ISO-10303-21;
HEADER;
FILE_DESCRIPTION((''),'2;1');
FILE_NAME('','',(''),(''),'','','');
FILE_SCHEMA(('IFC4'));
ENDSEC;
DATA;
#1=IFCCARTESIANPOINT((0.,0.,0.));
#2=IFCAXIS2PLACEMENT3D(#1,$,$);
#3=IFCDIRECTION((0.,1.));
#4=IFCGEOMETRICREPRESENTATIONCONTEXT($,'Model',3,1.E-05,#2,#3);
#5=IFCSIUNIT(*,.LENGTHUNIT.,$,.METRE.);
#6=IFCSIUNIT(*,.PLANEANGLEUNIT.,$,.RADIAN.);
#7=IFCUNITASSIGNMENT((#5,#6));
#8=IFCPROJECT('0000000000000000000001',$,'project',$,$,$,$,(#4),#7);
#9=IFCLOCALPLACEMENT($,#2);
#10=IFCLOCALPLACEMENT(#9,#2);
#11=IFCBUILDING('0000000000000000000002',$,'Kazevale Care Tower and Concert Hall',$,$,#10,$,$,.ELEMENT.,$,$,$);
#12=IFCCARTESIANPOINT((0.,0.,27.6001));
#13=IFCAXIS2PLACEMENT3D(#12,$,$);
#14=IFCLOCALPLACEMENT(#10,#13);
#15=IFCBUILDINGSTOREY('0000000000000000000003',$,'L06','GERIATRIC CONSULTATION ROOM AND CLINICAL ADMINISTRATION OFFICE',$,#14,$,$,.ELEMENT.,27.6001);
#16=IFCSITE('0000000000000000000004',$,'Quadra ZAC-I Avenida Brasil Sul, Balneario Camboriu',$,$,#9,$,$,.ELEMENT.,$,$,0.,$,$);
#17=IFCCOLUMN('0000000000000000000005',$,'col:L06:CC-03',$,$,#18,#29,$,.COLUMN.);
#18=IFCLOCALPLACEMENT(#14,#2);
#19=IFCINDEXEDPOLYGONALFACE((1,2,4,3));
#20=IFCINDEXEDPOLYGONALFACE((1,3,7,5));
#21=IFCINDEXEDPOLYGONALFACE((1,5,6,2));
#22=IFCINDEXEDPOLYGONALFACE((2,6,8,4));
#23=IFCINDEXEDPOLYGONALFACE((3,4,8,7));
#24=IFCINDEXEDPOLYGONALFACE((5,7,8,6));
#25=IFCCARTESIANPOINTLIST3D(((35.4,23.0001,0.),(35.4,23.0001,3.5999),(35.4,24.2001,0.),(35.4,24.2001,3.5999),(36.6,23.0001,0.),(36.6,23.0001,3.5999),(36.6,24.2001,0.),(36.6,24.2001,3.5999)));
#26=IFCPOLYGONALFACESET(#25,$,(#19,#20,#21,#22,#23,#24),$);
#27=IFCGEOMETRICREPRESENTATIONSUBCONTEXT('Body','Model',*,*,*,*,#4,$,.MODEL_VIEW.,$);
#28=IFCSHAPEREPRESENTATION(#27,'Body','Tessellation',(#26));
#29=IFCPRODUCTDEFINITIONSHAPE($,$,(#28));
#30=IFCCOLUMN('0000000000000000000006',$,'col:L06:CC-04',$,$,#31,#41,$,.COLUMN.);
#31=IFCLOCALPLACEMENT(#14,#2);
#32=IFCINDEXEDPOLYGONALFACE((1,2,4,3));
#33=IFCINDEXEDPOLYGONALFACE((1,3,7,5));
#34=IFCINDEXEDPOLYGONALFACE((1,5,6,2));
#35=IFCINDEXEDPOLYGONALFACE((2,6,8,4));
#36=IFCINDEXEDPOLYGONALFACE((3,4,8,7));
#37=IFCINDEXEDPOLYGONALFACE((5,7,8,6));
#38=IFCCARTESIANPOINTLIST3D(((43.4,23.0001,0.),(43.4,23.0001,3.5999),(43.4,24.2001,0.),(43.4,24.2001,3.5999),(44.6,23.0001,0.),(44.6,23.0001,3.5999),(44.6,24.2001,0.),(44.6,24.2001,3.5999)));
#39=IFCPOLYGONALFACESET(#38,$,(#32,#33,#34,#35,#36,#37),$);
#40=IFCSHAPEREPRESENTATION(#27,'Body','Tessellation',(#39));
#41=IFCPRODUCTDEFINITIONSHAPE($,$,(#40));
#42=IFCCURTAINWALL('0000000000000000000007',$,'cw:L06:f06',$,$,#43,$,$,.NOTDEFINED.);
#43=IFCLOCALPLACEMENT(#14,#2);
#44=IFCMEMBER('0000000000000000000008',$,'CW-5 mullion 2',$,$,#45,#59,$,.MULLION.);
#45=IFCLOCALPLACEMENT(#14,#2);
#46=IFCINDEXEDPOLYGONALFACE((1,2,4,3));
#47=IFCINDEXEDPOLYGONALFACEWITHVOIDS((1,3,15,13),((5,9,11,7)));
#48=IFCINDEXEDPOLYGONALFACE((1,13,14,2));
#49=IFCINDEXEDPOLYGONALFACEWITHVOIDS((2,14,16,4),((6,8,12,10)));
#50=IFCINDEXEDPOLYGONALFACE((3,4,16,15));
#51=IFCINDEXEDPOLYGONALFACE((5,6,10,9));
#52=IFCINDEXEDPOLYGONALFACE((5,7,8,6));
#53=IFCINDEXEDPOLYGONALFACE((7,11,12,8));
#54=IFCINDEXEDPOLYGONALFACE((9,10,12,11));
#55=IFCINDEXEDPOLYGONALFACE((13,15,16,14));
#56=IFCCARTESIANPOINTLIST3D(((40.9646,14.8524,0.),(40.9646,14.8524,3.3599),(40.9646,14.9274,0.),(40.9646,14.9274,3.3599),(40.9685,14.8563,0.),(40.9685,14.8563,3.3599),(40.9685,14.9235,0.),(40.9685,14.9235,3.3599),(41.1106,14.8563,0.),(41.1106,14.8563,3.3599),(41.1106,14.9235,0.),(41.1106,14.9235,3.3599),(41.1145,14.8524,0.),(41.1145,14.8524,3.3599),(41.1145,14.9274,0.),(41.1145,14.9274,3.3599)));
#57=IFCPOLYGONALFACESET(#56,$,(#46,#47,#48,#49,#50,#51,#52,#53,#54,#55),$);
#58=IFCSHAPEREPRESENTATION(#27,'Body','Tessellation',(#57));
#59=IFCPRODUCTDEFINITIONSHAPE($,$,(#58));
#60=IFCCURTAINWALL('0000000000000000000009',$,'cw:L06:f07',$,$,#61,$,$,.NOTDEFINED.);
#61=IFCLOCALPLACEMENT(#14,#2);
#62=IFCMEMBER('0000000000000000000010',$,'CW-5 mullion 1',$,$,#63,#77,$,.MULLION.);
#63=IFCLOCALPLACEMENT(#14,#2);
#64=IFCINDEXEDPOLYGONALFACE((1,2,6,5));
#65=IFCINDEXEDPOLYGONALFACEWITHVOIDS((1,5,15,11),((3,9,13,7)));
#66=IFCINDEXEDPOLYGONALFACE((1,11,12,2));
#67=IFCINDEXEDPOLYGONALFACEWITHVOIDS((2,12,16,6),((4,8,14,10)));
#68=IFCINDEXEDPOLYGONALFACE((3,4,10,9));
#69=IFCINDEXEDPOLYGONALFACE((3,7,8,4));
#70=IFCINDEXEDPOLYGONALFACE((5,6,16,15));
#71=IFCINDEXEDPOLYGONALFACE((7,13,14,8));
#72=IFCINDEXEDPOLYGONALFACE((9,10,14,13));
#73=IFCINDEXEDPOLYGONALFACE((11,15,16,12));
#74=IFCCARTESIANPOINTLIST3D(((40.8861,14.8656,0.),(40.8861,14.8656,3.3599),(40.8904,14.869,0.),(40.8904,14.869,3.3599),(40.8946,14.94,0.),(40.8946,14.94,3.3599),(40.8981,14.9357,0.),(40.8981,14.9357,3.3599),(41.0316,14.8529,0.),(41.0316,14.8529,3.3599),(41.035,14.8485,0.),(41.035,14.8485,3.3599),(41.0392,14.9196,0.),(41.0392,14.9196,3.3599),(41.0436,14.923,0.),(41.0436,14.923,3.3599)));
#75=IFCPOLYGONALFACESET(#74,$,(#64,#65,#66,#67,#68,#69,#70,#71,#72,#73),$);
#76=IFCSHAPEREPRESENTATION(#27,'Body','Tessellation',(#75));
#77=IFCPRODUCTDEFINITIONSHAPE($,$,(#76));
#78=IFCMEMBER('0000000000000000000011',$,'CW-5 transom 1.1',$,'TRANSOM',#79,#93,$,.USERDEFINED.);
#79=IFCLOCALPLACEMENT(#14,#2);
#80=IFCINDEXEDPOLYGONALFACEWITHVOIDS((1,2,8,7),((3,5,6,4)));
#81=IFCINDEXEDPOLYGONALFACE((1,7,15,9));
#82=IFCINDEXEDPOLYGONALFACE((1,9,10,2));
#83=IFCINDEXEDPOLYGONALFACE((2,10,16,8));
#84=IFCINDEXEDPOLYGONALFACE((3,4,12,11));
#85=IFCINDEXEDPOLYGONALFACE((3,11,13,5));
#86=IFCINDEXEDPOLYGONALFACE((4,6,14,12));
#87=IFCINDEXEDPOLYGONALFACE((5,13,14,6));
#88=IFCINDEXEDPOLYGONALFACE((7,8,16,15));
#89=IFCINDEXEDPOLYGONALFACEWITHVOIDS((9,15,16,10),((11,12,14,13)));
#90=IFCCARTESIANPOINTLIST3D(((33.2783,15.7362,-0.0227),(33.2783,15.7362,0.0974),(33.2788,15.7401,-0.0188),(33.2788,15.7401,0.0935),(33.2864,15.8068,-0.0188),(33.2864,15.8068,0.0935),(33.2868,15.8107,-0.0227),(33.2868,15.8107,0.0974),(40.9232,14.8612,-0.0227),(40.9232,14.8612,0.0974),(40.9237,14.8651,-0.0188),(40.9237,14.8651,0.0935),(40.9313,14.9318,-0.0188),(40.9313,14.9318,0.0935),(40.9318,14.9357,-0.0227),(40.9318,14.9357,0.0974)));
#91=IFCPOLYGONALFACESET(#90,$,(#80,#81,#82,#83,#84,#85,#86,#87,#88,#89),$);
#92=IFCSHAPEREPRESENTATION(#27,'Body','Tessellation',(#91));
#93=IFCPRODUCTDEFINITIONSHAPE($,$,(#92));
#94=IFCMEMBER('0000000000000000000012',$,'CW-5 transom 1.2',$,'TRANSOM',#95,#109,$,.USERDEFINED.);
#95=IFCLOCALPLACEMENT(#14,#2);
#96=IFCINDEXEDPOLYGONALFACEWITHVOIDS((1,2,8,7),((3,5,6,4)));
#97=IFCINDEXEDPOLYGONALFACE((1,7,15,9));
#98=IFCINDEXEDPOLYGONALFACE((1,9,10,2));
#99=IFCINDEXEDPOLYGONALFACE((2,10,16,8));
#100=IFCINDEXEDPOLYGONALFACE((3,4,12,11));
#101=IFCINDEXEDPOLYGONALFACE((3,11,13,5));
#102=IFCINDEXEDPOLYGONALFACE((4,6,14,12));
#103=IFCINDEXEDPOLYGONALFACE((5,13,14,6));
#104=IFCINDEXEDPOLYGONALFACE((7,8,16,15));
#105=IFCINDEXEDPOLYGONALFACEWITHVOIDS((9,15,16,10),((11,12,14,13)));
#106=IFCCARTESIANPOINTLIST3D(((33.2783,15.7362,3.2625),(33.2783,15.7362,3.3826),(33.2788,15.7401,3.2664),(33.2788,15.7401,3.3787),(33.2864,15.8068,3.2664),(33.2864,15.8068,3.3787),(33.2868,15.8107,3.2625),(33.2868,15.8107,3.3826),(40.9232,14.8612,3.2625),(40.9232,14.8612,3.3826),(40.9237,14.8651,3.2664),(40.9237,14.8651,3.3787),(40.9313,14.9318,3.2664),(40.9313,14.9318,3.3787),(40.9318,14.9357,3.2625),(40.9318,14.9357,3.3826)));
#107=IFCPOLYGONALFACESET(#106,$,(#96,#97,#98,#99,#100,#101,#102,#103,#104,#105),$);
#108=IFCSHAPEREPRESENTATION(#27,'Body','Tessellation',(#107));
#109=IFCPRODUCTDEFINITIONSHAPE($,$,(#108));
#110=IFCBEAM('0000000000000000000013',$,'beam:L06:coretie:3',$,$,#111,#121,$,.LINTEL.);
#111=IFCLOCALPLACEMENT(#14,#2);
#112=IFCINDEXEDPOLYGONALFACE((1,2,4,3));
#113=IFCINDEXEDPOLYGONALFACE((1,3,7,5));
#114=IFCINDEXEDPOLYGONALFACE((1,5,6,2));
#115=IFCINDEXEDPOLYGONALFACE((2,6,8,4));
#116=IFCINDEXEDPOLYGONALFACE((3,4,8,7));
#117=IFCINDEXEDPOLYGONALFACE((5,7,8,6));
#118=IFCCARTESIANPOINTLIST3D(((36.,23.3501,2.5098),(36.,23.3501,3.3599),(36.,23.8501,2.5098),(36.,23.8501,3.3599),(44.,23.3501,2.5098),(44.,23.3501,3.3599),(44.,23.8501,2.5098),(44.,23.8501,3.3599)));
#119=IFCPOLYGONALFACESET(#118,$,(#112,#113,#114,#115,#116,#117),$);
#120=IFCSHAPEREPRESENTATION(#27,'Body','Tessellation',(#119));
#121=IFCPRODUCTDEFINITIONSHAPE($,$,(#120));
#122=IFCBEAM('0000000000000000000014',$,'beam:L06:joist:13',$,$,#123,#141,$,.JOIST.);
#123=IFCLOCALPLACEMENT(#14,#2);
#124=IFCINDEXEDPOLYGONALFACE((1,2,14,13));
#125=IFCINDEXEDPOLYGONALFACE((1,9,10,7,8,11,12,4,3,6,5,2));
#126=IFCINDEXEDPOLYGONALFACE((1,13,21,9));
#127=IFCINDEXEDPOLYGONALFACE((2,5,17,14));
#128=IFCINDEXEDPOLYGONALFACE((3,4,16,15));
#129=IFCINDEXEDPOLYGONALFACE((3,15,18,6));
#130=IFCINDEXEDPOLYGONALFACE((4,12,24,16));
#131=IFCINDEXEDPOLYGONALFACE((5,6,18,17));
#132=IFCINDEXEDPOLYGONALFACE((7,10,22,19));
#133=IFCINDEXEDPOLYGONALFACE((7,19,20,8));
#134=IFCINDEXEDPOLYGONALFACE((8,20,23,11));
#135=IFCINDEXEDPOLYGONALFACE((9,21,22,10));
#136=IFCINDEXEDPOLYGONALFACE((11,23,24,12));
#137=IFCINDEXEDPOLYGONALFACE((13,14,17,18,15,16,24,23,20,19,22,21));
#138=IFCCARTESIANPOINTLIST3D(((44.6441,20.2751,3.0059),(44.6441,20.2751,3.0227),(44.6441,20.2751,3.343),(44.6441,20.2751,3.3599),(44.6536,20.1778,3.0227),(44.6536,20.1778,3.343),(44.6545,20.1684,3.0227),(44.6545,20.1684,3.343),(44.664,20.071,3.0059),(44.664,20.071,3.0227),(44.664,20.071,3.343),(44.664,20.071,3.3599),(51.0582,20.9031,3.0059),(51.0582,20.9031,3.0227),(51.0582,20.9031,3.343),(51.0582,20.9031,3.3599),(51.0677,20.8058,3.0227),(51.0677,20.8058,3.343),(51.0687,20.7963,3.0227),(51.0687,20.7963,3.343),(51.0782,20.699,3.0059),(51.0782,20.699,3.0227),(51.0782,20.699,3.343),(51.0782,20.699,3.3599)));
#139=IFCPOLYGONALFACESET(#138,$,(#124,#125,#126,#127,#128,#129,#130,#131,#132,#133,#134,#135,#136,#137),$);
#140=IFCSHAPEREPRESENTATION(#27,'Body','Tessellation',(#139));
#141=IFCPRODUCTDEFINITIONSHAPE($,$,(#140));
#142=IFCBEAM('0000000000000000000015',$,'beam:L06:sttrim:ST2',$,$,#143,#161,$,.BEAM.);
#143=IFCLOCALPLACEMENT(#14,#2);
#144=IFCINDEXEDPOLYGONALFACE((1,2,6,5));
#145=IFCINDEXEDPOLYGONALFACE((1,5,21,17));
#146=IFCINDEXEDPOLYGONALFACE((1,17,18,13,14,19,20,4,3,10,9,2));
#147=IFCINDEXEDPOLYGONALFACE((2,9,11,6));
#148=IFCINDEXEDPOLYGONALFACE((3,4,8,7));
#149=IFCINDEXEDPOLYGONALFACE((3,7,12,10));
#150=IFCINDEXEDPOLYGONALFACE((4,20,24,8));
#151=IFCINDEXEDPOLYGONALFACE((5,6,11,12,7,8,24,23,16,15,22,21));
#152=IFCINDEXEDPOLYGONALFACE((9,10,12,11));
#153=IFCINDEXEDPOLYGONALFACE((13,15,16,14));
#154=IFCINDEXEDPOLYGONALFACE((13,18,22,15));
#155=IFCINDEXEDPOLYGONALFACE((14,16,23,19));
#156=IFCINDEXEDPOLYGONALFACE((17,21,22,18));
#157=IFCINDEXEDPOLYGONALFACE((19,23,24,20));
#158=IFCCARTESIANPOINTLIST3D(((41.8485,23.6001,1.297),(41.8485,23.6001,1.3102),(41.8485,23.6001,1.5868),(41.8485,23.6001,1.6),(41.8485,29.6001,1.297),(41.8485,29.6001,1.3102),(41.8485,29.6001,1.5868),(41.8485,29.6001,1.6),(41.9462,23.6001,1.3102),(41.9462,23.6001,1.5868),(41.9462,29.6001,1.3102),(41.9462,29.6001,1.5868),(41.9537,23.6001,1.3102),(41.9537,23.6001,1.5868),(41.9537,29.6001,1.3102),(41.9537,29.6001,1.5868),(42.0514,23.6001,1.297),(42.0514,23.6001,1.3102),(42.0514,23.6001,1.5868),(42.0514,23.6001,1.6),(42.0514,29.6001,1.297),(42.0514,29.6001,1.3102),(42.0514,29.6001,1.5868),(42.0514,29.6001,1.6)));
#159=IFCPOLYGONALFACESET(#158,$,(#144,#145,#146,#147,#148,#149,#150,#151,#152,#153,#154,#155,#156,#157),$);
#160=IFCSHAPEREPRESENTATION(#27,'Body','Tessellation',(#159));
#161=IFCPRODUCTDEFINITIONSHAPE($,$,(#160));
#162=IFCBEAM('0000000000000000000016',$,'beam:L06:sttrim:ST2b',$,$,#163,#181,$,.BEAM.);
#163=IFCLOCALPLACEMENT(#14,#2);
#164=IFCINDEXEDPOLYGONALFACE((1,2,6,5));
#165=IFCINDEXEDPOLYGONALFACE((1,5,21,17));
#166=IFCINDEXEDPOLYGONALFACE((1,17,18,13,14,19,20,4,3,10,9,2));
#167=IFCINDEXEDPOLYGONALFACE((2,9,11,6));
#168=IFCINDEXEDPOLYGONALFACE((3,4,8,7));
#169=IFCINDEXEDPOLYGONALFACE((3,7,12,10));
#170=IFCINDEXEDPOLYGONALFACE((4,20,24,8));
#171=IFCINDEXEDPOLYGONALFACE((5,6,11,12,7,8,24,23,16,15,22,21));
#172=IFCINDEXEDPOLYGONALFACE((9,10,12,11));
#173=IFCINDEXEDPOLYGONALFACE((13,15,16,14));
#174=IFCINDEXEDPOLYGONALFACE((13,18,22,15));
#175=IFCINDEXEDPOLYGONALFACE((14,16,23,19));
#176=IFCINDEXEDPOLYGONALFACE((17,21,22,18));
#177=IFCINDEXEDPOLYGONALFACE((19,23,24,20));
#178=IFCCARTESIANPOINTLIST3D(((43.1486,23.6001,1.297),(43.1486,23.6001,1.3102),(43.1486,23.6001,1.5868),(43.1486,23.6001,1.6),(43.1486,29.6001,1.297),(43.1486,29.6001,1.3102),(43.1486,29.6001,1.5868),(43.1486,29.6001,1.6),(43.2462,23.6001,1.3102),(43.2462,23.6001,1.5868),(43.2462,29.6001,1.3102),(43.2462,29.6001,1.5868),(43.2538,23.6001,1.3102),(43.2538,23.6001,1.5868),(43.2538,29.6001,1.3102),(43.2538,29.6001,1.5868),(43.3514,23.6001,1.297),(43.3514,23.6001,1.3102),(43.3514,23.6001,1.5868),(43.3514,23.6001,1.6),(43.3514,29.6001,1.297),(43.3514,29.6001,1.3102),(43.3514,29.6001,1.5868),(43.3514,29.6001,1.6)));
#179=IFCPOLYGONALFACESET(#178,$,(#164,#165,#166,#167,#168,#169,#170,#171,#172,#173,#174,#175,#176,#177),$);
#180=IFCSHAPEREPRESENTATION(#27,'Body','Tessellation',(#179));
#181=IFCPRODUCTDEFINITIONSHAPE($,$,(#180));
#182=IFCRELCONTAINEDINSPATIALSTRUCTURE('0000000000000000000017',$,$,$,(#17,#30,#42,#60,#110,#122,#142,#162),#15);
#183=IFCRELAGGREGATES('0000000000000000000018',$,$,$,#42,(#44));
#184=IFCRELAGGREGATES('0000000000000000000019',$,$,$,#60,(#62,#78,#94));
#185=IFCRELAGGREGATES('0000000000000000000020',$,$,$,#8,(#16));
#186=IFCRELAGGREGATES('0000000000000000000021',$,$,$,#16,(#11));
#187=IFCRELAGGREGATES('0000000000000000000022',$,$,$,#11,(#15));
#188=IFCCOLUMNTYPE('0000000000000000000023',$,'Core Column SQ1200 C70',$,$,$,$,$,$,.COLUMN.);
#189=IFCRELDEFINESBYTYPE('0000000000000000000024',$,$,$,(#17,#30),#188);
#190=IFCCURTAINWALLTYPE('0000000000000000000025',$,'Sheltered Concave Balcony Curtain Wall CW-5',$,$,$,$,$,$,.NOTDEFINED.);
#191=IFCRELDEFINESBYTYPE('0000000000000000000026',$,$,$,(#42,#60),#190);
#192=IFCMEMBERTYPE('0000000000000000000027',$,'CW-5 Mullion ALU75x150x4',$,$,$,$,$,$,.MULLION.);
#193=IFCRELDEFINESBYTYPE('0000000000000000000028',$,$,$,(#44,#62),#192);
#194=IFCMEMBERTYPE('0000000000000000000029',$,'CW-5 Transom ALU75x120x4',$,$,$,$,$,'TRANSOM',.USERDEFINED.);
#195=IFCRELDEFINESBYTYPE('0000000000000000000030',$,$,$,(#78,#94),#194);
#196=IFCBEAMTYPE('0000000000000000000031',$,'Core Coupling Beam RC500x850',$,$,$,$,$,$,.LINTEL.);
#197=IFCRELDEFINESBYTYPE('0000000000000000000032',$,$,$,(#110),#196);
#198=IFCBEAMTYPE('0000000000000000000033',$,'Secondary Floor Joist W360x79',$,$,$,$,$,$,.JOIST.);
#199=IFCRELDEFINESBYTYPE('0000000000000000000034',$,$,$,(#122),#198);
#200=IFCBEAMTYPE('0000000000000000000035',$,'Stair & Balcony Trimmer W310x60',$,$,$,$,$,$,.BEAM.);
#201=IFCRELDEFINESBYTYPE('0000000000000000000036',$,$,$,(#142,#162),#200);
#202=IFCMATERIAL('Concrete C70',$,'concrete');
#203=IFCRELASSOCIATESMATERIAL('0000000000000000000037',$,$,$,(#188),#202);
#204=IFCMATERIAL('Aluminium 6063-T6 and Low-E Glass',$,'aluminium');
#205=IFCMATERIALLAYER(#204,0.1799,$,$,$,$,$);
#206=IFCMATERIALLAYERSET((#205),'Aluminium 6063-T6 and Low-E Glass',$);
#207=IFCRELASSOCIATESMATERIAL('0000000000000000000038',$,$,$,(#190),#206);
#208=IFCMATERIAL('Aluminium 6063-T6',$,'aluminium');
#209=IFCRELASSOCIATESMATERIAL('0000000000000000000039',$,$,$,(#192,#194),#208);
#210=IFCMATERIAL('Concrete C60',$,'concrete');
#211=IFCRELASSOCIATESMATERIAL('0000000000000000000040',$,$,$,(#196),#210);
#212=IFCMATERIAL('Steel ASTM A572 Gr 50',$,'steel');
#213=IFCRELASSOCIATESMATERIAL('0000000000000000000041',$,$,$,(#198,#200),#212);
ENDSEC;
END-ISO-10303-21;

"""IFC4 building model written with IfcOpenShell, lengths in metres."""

from ifc_helpers import new_model, si_unit, direction, frame, origin, origin_2d, place, context, subcontext, project, spatial, rectangle, hollow_rectangle, i_section, extrude, material, layer, layer_set, material_profile, profile_set, type_object, element, aggregate, save


model = new_model("IFC4")

# Units and contexts
model_context = context("Model", 3, precision=1e-05, world=origin(), true_north=direction((0.0, 1.0)))
body_context = subcontext(model_context, "Body", "Model", "MODEL_VIEW")
ifc_project = project(units=[si_unit("LENGTHUNIT", "METRE"), si_unit("PLANEANGLEUNIT", "RADIAN")], contexts=[model_context])

# Site, building, storey
site_placement = place(None, origin())
site = spatial("IfcSite", under=ifc_project, at=site_placement, Name="Quadra ZAC-I Avenida Brasil Sul, Balneario Camboriu", CompositionType="ELEMENT", RefElevation=0.0)
building_placement = place(site_placement, origin())
building = spatial("IfcBuilding", under=site, at=building_placement, Name="Kazevale Care Tower and Concert Hall", CompositionType="ELEMENT")
storey_placement = place(building_placement, frame((0.0, 0.0, 27.6001)))
storey = spatial("IfcBuildingStorey", under=building, at=storey_placement, Name="L06", Description="GERIATRIC CONSULTATION ROOM AND CLINICAL ADMINISTRATION OFFICE", CompositionType="ELEMENT", Elevation=27.6001)

# Columns
ifc_material_1 = material(Name="Concrete C70", Category="concrete")
ifc_material_profile_1 = material_profile(ifc_material_1, rectangle(XDim=1.2, YDim=1.2, at=origin_2d()), Name="RC-SQ1200")
ifc_profile_set_1 = profile_set([ifc_material_profile_1], Name="Concrete C70")
column_type = type_object("IfcColumnType", Name="Core Column SQ1200 C70", PredefinedType="COLUMN", material=ifc_profile_set_1)
for number, where, z_axis, x_axis, name in (
    (1, (36.0, 23.6001, 0.0), (0.0, 0.0, 1.0), (1.0, 0.0, 0.0), "col:L06:CC-03"),
    (2, (44.0, 23.6001, 0.0), (0.0, 0.0, 1.0), (1.0, 0.0, 0.0), "col:L06:CC-04"),
):
    element("IfcColumn", number, at=place(storey_placement, frame(where, z_axis=z_axis, x_axis=x_axis)), inside=storey, type_object=column_type, Name=name, PredefinedType="COLUMN", context=body_context, shape_type="SweptSolid", body=[
        extrude(rectangle(XDim=1.2, YDim=1.2, at=origin_2d()), origin(), (0.0, 0.0, 1.0), 3.5999),
    ])

# Curtain wall, member
ifc_material_2 = material(Name="Aluminium 6063-T6 and Low-E Glass", Category="aluminium")
ifc_layer_1 = layer(ifc_material_2, 0.1799)
ifc_layer_set_1 = layer_set([ifc_layer_1], Name="Aluminium 6063-T6 and Low-E Glass")
curtain_wall_type = type_object("IfcCurtainWallType", Name="Sheltered Concave Balcony Curtain Wall CW-5", PredefinedType="NOTDEFINED", material=ifc_layer_set_1)
curtain_wall_1_placement = place(storey_placement, origin())
curtain_wall_1 = element("IfcCurtainWall", 3, at=curtain_wall_1_placement, inside=storey, type_object=curtain_wall_type, Name="cw:L06:f06", PredefinedType="NOTDEFINED")
ifc_material_3 = material(Name="Aluminium 6063-T6", Category="aluminium")
ifc_material_profile_2 = material_profile(ifc_material_3, hollow_rectangle(XDim=0.075, YDim=0.1499, WallThickness=0.0039, at=origin_2d()), Name="ALU75x150x4")
ifc_profile_set_2 = profile_set([ifc_material_profile_2], Name="Aluminium 6063-T6")
member_type_1 = type_object("IfcMemberType", Name="CW-5 Mullion ALU75x150x4", PredefinedType="MULLION", material=ifc_profile_set_2)
member_1_placement = place(storey_placement, frame((41.0396, 14.8899, 0.0), z_axis=(0.0, 0.0, 1.0), x_axis=(0.0, -1.0, 0.0)))
member_1 = element("IfcMember", 4, at=member_1_placement, type_object=member_type_1, Name="CW-5 mullion 2", PredefinedType="MULLION", context=body_context, shape_type="SweptSolid", body=[
    extrude(hollow_rectangle(XDim=0.075, YDim=0.1499, WallThickness=0.0039, at=origin_2d()), origin(), (0.0, 0.0, 1.0), 3.3599),
])

# Curtain wall, members
curtain_wall_2_placement = place(storey_placement, origin())
curtain_wall_2 = element("IfcCurtainWall", 5, at=curtain_wall_2_placement, inside=storey, type_object=curtain_wall_type, Name="cw:L06:f07", PredefinedType="NOTDEFINED")
member_2_placement = place(storey_placement, frame((40.9648, 14.8943, 0.0), z_axis=(0.0, 0.0, 1.0), x_axis=(-0.113705, -0.993515, 0.0)))
member_2 = element("IfcMember", 6, at=member_2_placement, type_object=member_type_1, Name="CW-5 mullion 1", PredefinedType="MULLION", context=body_context, shape_type="SweptSolid", body=[
    extrude(hollow_rectangle(XDim=0.075, YDim=0.1499, WallThickness=0.0039, at=origin_2d()), origin(), (0.0, 0.0, 1.0), 3.3599),
])
ifc_material_profile_3 = material_profile(ifc_material_3, hollow_rectangle(XDim=0.075, YDim=0.1201, WallThickness=0.0039, at=origin_2d()), Name="ALU75x120x4")
ifc_profile_set_3 = profile_set([ifc_material_profile_3], Name="Aluminium 6063-T6")
member_type_2 = type_object("IfcMemberType", Name="CW-5 Transom ALU75x120x4", ElementType="TRANSOM", PredefinedType="USERDEFINED", material=ifc_profile_set_3)
member_3_placement = place(storey_placement, frame((40.9275, 14.8984, 0.0374), z_axis=(-0.993514, 0.113711, 0.0), x_axis=(-0.113711, -0.993514, 0.0)))
member_3 = element("IfcMember", 7, at=member_3_placement, type_object=member_type_2, Name="CW-5 transom 1.1", ObjectType="TRANSOM", PredefinedType="USERDEFINED", context=body_context, shape_type="SweptSolid", body=[
    extrude(hollow_rectangle(XDim=0.075, YDim=0.1201, WallThickness=0.0039, at=origin_2d()), origin(), (0.0, 0.0, 1.0), 7.6948),
])
member_4_placement = place(storey_placement, frame((40.9275, 14.8984, 3.3225), z_axis=(-0.993514, 0.113711, 0.0), x_axis=(-0.113711, -0.993514, 0.0)))
member_4 = element("IfcMember", 8, at=member_4_placement, type_object=member_type_2, Name="CW-5 transom 1.2", ObjectType="TRANSOM", PredefinedType="USERDEFINED", context=body_context, shape_type="SweptSolid", body=[
    extrude(hollow_rectangle(XDim=0.075, YDim=0.1201, WallThickness=0.0039, at=origin_2d()), origin(), (0.0, 0.0, 1.0), 7.6948),
])

# Beams
ifc_material_4 = material(Name="Concrete C60", Category="concrete")
ifc_material_profile_4 = material_profile(ifc_material_4, rectangle(XDim=0.5, YDim=0.8501, at=origin_2d()), Name="RC-B500x850")
ifc_profile_set_4 = profile_set([ifc_material_profile_4], Name="Concrete C60")
beam_type_1 = type_object("IfcBeamType", Name="Core Coupling Beam RC500x850", PredefinedType="LINTEL", material=ifc_profile_set_4)
beam_1_placement = place(storey_placement, frame((36.0, 23.6001, 2.9348), z_axis=(1.0, 0.0, 0.0), x_axis=(0.0, 1.0, 0.0)))
element("IfcBeam", 9, at=beam_1_placement, inside=storey, type_object=beam_type_1, Name="beam:L06:coretie:3", PredefinedType="LINTEL", context=body_context, shape_type="SweptSolid", body=[
    extrude(rectangle(XDim=0.5, YDim=0.8501, at=origin_2d()), origin(), (0.0, 0.0, 1.0), 8.0),
])
ifc_material_5 = material(Name="Steel ASTM A572 Gr 50", Category="steel")
ifc_material_profile_5 = material_profile(ifc_material_5, i_section(OverallWidth=0.2051, OverallDepth=0.354, WebThickness=0.0095, FlangeThickness=0.0168, at=origin_2d()), Name="W360x79")
ifc_profile_set_5 = profile_set([ifc_material_profile_5], Name="Steel ASTM A572 Gr 50")
beam_type_2 = type_object("IfcBeamType", Name="Secondary Floor Joist W360x79", PredefinedType="JOIST", material=ifc_profile_set_5)
beam_2_placement = place(storey_placement, frame((44.6541, 20.1731, 3.1829), z_axis=(0.995242, 0.097433, 0.0), x_axis=(-0.097433, 0.995242, 0.0)))
element("IfcBeam", 10, at=beam_2_placement, inside=storey, type_object=beam_type_2, Name="beam:L06:joist:13", PredefinedType="JOIST", context=body_context, shape_type="SweptSolid", body=[
    extrude(i_section(OverallWidth=0.2051, OverallDepth=0.354, WebThickness=0.0095, FlangeThickness=0.0168, at=origin_2d()), origin(), (0.0, 0.0, 1.0), 6.4448),
])
ifc_material_profile_6 = material_profile(ifc_material_5, i_section(OverallWidth=0.2029, OverallDepth=0.303, WebThickness=0.0076, FlangeThickness=0.0132, at=origin_2d()), Name="W310x60")
ifc_profile_set_6 = profile_set([ifc_material_profile_6], Name="Steel ASTM A572 Gr 50")
beam_type_3 = type_object("IfcBeamType", Name="Stair & Balcony Trimmer W310x60", PredefinedType="BEAM", material=ifc_profile_set_6)
for number, where, z_axis, x_axis, name in (
    (11, (41.95, 23.6001, 1.4485), (0.0, 1.0, 0.0), (-1.0, 0.0, 0.0), "beam:L06:sttrim:ST2"),
    (12, (43.25, 23.6001, 1.4485), (0.0, 1.0, 0.0), (-1.0, 0.0, 0.0), "beam:L06:sttrim:ST2b"),
):
    element("IfcBeam", number, at=place(storey_placement, frame(where, z_axis=z_axis, x_axis=x_axis)), inside=storey, type_object=beam_type_3, Name=name, PredefinedType="BEAM", context=body_context, shape_type="SweptSolid", body=[
        extrude(i_section(OverallWidth=0.2029, OverallDepth=0.303, WebThickness=0.0076, FlangeThickness=0.0132, at=origin_2d()), origin(), (0.0, 0.0, 1.0), 6.0),
    ])

aggregate(curtain_wall_1, [member_1])
aggregate(curtain_wall_2, [member_2, member_3, member_4])

save(model, "model.ifc")
